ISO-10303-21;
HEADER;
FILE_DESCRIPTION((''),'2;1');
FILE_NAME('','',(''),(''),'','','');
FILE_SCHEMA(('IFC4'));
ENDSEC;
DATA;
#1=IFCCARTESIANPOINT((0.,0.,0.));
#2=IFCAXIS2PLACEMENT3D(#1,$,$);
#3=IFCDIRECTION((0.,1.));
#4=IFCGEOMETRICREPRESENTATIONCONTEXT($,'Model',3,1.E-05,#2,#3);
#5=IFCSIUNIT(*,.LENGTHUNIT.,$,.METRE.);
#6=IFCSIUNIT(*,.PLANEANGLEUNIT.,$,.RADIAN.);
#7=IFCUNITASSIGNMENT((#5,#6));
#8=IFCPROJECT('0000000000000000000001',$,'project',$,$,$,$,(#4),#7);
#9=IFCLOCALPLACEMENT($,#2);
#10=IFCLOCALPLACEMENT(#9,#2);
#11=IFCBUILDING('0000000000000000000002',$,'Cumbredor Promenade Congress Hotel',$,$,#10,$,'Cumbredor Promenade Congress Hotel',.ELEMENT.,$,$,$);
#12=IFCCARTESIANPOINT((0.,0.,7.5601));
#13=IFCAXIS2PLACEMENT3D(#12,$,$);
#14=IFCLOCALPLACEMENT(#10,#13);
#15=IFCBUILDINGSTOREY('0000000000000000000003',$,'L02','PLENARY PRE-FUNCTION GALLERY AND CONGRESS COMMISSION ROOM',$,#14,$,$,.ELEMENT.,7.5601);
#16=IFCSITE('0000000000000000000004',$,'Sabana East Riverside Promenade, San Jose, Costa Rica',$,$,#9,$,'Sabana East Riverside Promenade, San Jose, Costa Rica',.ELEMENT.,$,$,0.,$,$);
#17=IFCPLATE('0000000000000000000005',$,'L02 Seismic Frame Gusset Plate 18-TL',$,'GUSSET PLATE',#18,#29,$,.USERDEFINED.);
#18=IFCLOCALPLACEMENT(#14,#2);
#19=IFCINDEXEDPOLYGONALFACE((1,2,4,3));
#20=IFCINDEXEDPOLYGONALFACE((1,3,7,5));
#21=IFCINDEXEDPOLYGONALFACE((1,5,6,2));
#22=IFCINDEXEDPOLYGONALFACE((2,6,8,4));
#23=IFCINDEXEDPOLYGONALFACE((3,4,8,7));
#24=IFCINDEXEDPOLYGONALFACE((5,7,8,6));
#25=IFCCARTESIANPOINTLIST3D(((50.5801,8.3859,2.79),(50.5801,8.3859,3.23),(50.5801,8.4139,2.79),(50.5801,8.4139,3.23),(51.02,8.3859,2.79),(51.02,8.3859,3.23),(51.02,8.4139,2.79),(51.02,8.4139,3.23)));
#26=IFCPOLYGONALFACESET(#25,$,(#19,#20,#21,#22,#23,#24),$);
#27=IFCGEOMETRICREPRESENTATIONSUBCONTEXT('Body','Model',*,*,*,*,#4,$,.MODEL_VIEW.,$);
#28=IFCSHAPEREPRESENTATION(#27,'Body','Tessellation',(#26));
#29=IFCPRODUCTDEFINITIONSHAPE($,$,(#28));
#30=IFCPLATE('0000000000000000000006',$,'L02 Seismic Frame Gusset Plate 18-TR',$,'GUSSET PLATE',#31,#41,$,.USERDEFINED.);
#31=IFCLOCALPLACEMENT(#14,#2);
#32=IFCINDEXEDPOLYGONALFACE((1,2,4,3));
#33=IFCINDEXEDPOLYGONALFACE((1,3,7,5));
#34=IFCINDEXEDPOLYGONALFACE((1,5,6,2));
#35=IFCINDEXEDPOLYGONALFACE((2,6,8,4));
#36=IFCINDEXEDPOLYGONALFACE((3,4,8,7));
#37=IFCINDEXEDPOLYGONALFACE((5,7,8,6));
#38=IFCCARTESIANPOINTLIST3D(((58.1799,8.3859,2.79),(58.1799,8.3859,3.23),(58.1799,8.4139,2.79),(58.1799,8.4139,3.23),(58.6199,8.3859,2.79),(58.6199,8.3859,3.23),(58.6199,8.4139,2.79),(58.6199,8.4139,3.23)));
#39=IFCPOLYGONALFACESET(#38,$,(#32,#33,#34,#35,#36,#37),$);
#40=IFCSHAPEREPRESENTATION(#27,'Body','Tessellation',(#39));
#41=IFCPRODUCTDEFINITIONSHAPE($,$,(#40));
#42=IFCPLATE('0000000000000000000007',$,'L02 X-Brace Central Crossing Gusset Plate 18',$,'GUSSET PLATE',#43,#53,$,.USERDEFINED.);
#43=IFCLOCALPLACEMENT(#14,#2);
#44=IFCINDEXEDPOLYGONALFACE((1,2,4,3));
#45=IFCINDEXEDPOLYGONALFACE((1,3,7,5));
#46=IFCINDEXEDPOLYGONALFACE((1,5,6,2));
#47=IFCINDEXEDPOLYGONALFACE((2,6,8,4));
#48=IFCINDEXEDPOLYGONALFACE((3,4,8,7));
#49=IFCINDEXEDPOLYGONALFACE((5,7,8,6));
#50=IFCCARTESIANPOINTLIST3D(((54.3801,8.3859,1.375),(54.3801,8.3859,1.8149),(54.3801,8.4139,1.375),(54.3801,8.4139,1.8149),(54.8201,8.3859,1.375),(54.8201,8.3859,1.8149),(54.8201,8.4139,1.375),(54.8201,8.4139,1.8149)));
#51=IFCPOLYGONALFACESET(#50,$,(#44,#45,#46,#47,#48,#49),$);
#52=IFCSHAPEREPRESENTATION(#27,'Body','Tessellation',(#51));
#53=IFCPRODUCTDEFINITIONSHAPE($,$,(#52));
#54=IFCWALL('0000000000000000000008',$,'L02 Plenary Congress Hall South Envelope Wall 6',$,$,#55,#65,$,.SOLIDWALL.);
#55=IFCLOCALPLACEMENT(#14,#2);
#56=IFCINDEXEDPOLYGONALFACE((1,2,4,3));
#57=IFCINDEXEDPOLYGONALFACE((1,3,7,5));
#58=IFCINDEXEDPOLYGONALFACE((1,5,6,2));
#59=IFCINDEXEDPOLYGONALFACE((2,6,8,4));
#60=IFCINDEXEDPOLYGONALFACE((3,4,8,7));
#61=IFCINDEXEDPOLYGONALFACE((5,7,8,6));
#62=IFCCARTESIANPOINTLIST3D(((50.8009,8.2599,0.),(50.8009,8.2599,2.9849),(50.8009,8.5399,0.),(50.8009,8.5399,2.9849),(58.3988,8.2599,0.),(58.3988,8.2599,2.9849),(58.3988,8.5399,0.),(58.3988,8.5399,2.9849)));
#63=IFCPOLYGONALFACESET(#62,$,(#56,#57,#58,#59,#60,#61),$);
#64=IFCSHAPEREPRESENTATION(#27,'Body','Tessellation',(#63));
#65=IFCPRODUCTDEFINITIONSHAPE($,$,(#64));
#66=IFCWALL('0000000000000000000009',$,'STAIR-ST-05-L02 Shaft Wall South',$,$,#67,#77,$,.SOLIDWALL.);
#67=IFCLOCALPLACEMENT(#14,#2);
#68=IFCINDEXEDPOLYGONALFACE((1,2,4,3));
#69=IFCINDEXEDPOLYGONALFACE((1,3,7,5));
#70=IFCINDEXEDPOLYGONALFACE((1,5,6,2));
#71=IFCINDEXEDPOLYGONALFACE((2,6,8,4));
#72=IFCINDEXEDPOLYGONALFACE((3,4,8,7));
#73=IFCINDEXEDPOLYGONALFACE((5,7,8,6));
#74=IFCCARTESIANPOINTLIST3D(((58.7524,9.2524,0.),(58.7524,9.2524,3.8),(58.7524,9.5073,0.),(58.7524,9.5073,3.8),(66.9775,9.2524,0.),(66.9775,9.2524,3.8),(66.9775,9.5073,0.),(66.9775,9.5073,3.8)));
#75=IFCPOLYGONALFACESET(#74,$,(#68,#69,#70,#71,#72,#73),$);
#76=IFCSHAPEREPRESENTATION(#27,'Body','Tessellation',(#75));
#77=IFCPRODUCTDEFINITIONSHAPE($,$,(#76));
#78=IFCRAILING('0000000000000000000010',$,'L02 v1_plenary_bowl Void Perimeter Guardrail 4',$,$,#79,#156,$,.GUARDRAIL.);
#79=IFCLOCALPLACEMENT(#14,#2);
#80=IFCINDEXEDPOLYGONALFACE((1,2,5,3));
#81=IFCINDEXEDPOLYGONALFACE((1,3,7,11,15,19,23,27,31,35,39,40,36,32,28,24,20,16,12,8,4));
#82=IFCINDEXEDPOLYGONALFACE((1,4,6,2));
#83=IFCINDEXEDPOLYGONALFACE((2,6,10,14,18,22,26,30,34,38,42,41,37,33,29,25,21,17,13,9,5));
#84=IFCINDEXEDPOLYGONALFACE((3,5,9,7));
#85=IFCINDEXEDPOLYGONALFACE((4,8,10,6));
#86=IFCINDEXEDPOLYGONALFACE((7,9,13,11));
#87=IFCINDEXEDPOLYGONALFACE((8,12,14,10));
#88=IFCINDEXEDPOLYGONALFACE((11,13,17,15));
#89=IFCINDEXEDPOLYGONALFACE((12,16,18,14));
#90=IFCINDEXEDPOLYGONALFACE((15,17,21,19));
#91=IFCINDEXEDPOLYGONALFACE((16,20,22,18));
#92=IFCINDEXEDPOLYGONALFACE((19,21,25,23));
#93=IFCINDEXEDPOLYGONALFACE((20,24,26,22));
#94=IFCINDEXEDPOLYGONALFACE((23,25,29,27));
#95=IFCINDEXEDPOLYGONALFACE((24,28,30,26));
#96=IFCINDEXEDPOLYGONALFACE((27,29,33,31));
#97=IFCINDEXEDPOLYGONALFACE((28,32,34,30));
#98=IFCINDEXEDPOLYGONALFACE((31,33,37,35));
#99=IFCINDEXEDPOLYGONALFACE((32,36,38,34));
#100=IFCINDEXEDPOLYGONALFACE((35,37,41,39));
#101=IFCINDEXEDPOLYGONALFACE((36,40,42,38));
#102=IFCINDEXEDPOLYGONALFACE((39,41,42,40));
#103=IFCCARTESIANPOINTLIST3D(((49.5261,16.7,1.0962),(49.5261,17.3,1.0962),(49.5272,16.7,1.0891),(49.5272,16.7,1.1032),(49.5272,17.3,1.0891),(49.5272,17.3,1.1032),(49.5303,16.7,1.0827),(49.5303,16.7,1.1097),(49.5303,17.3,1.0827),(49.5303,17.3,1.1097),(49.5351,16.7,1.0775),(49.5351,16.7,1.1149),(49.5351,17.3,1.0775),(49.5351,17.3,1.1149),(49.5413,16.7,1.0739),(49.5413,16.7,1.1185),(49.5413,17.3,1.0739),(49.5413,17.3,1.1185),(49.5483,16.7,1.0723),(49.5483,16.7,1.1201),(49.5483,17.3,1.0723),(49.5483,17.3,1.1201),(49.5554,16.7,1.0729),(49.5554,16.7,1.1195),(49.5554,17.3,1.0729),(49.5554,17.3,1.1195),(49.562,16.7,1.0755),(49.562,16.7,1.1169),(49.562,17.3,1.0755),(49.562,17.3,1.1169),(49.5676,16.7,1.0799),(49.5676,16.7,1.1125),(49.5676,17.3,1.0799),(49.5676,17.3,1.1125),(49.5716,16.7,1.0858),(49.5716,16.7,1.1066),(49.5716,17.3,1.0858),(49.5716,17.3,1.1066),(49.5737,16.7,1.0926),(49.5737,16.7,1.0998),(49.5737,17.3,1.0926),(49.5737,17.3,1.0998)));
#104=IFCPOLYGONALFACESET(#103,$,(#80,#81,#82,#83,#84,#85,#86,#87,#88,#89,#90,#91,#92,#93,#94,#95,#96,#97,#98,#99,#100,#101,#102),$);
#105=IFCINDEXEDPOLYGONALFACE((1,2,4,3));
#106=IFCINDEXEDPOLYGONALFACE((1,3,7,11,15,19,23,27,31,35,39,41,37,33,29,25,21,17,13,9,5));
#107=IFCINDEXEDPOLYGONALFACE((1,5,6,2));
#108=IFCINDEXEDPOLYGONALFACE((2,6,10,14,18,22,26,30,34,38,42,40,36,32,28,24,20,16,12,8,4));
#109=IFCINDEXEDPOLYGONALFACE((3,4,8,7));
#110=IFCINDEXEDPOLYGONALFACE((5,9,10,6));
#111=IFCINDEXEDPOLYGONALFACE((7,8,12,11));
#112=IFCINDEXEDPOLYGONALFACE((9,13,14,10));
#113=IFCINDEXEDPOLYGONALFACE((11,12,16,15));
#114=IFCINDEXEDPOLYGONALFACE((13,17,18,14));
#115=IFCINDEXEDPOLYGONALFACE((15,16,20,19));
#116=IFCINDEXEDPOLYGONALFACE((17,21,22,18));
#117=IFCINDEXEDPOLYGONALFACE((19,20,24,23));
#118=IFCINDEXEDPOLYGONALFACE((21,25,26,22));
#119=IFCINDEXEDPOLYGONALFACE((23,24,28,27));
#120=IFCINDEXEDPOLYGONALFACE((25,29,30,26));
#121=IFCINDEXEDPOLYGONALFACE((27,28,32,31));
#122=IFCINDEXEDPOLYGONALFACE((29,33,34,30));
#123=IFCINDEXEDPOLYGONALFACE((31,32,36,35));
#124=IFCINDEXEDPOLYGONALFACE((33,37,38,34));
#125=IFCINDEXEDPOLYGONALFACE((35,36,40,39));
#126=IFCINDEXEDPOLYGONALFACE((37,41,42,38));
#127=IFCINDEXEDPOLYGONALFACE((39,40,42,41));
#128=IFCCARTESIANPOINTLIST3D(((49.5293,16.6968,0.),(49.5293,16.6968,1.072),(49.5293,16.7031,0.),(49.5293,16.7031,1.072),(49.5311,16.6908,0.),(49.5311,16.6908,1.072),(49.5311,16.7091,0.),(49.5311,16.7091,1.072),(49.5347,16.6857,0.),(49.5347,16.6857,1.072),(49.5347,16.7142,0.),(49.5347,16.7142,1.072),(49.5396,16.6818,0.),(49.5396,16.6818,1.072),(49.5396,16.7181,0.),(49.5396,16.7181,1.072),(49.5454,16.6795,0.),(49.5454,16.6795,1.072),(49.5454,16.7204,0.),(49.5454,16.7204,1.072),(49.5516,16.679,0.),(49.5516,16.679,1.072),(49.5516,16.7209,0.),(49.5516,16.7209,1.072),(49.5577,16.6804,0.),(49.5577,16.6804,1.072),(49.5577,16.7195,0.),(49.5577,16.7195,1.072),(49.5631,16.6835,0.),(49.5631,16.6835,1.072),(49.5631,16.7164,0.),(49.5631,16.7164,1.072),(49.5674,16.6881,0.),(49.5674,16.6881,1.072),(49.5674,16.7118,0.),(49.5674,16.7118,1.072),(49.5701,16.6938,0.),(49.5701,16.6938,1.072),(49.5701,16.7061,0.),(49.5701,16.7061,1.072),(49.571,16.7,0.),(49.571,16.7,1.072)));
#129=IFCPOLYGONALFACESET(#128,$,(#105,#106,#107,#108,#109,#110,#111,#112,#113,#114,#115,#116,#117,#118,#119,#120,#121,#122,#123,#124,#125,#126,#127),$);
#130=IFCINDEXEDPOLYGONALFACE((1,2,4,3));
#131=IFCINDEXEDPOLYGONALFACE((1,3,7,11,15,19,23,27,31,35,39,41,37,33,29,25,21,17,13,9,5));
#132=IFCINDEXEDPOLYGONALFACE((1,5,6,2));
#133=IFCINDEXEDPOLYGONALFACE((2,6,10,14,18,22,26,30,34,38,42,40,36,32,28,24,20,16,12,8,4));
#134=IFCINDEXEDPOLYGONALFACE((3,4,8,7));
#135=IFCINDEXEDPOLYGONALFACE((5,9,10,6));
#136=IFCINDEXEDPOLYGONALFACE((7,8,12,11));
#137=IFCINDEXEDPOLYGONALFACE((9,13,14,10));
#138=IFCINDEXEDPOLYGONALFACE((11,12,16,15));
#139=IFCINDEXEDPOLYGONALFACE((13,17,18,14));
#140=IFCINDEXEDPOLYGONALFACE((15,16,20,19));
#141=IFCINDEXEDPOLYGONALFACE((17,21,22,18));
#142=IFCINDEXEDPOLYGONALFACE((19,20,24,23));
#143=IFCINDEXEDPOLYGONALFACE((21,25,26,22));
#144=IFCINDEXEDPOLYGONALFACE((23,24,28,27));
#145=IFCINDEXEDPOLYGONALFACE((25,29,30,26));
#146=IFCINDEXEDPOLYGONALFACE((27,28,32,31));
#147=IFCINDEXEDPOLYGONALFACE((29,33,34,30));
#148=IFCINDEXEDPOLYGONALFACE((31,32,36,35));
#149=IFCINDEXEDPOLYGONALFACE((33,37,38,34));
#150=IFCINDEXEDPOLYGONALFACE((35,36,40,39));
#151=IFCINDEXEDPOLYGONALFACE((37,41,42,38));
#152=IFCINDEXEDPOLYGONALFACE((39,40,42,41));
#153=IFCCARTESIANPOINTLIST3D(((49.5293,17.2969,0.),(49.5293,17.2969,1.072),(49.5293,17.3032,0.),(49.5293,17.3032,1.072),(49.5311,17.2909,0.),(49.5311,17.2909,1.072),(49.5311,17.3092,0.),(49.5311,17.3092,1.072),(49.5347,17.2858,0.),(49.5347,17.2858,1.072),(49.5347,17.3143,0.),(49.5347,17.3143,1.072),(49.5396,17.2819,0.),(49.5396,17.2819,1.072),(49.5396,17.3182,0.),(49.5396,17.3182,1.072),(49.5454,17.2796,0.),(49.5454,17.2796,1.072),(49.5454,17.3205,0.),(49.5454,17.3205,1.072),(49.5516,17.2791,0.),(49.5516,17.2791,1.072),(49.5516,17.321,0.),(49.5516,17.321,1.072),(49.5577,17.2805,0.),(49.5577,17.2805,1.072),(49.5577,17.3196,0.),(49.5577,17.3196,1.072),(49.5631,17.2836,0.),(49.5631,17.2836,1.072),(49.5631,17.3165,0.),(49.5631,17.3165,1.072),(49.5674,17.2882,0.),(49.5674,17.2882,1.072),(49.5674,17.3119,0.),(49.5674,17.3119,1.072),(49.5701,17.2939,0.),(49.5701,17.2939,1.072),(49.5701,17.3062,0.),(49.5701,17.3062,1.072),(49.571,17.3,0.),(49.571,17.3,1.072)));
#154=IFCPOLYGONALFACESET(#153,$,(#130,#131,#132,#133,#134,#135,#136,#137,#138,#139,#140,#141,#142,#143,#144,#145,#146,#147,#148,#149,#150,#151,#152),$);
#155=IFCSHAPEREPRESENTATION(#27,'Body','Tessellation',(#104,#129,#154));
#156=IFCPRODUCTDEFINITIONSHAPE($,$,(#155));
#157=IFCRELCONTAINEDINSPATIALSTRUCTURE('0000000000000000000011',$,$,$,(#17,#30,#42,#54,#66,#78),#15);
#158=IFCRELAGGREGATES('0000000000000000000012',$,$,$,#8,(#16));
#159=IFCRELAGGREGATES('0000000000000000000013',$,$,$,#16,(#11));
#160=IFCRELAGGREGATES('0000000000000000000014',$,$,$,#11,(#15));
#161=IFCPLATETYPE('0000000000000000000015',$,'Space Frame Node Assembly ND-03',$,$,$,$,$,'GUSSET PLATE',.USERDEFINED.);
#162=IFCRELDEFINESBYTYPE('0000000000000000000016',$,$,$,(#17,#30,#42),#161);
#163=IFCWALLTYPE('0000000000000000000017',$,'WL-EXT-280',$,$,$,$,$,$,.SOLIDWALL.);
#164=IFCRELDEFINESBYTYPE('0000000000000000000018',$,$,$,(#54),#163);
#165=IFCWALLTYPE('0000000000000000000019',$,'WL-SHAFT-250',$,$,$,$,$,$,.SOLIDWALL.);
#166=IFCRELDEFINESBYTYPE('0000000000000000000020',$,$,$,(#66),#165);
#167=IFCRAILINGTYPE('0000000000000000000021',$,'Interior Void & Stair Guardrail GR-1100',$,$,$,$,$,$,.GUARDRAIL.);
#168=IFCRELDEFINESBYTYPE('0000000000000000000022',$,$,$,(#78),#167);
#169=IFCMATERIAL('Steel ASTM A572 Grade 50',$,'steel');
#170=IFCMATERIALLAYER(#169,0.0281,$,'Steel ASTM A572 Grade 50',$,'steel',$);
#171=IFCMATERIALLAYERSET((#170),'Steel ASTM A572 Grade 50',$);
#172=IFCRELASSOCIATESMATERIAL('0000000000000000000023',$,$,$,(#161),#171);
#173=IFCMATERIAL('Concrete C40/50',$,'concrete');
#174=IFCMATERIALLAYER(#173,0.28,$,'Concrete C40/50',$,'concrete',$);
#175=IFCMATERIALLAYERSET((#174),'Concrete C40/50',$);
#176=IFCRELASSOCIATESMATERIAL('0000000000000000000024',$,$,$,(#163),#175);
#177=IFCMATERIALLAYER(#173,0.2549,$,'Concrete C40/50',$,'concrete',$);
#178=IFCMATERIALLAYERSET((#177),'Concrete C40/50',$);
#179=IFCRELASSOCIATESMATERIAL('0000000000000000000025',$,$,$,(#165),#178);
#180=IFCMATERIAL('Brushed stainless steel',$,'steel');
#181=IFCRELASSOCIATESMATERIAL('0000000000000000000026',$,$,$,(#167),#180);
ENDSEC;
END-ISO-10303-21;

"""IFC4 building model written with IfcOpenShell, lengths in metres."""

from ifc_helpers import new_model, si_unit, direction, frame, frame_2d, origin, origin_2d, place, context, subcontext, project, spatial, rectangle, circle, extrude, material, layer, layer_set, type_object, element, save


model = new_model("IFC4")

# Units and contexts
model_context = context("Model", 3, precision=1e-05, world=origin(), true_north=direction((0.0, 1.0)))
body_context = subcontext(model_context, "Body", "Model", "MODEL_VIEW")
ifc_project = project(units=[si_unit("LENGTHUNIT", "METRE"), si_unit("PLANEANGLEUNIT", "RADIAN")], contexts=[model_context])

# Site, building, storey
site_placement = place(None, origin())
site = spatial("IfcSite", under=ifc_project, at=site_placement, Name="Sabana East Riverside Promenade, San Jose, Costa Rica", LongName="Sabana East Riverside Promenade, San Jose, Costa Rica", CompositionType="ELEMENT", RefElevation=0.0)
building_placement = place(site_placement, origin())
building = spatial("IfcBuilding", under=site, at=building_placement, Name="Cumbredor Promenade Congress Hotel", LongName="Cumbredor Promenade Congress Hotel", CompositionType="ELEMENT")
storey_placement = place(building_placement, frame((0.0, 0.0, 7.5601)))
storey = spatial("IfcBuildingStorey", under=building, at=storey_placement, Name="L02", Description="PLENARY PRE-FUNCTION GALLERY AND CONGRESS COMMISSION ROOM", CompositionType="ELEMENT", Elevation=7.5601)

# Shared definitions
ifc_material_1 = material(Name="Concrete C40/50", Category="concrete")

# Shared definitions
ifc_material_2 = material(Name="Steel ASTM A572 Grade 50", Category="steel")

# Plates
ifc_layer_1 = layer(ifc_material_2, 0.0281, Name="Steel ASTM A572 Grade 50", Category="steel")
ifc_layer_set_1 = layer_set([ifc_layer_1], Name="Steel ASTM A572 Grade 50")
plate_type_1 = type_object("IfcPlateType", Name="Space Frame Node Assembly ND-03", ElementType="GUSSET PLATE", PredefinedType="USERDEFINED", material=ifc_layer_set_1)
for number, where, z_axis, x_axis, name in (
    (1, (50.8, 8.3999, 2.79), (0.0, 0.0, 1.0), (1.0, 0.0, 0.0), "L02 Seismic Frame Gusset Plate 18-TL"),
    (2, (58.3999, 8.3999, 2.79), (0.0, 0.0, 1.0), (1.0, 0.0, 0.0), "L02 Seismic Frame Gusset Plate 18-TR"),
    (3, (54.6001, 8.3999, 1.375), (0.0, 0.0, 1.0), (1.0, 0.0, 0.0), "L02 X-Brace Central Crossing Gusset Plate 18"),
):
    element("IfcPlate", number, at=place(storey_placement, frame(where, z_axis=z_axis, x_axis=x_axis)), inside=storey, type_object=plate_type_1, Name=name, ObjectType="GUSSET PLATE", PredefinedType="USERDEFINED", context=body_context, shape_type="SweptSolid", body=[
        extrude(rectangle(XDim=0.4399, YDim=0.0281, at=origin_2d()), origin(), (0.0, 0.0, 1.0), 0.4399),
    ])

# Walls
ifc_layer_2 = layer(ifc_material_1, 0.28, Name="Concrete C40/50", Category="concrete")
ifc_layer_set_2 = layer_set([ifc_layer_2], Name="Concrete C40/50")
wall_type_1 = type_object("IfcWallType", Name="WL-EXT-280", PredefinedType="SOLIDWALL", material=ifc_layer_set_2)
wall_1_placement = place(storey_placement, frame((50.801, 8.3999, 0.0), z_axis=(0.0, 0.0, 1.0), x_axis=(1.0, 0.0, 0.0)))
element("IfcWall", 4, at=wall_1_placement, inside=storey, type_object=wall_type_1, Name="L02 Plenary Congress Hall South Envelope Wall 6", PredefinedType="SOLIDWALL", context=body_context, shape_type="SweptSolid", body=[
    extrude(rectangle(XDim=7.5979, YDim=0.28, at=frame_2d((3.7988, 0.0))), origin(), (0.0, 0.0, 1.0), 2.9849),
])
ifc_layer_3 = layer(ifc_material_1, 0.2549, Name="Concrete C40/50", Category="concrete")
ifc_layer_set_3 = layer_set([ifc_layer_3], Name="Concrete C40/50")
wall_type_2 = type_object("IfcWallType", Name="WL-SHAFT-250", PredefinedType="SOLIDWALL", material=ifc_layer_set_3)
wall_2_placement = place(storey_placement, frame((58.7524, 9.3799, 0.0), z_axis=(0.0, 0.0, 1.0), x_axis=(1.0, 0.0, 0.0)))
element("IfcWall", 5, at=wall_2_placement, inside=storey, type_object=wall_type_2, Name="STAIR-ST-05-L02 Shaft Wall South", PredefinedType="SOLIDWALL", context=body_context, shape_type="SweptSolid", body=[
    extrude(rectangle(XDim=8.2251, YDim=0.2549, at=frame_2d((4.1125, 0.0))), origin(), (0.0, 0.0, 1.0), 3.8),
])

# Railing
ifc_material_3 = material(Name="Brushed stainless steel", Category="steel")
railing_type = type_object("IfcRailingType", Name="Interior Void & Stair Guardrail GR-1100", PredefinedType="GUARDRAIL", material=ifc_material_3)
railing_placement = place(storey_placement, frame((49.55, 16.7, 0.0)))
element("IfcRailing", 6, at=railing_placement, inside=storey, type_object=railing_type, Name="L02 v1_plenary_bowl Void Perimeter Guardrail 4", PredefinedType="GUARDRAIL", context=body_context, shape_type="SweptSolid", body=[
    extrude(circle(Radius=0.0239, at=origin_2d()), frame((0.0, 0.0, 1.0962), z_axis=(0.0, 1.0, 0.0), x_axis=(-1.0, 0.0, 0.0)), (0.0, 0.0, 1.0), 0.6001),
    extrude(circle(Radius=0.021, at=origin_2d()), origin(), (0.0, 0.0, 1.0), 1.072),
    extrude(circle(Radius=0.021, at=origin_2d()), frame((0.0, 0.6001, 0.0)), (0.0, 0.0, 1.0), 1.072),
])

save(model, "model.ifc")
